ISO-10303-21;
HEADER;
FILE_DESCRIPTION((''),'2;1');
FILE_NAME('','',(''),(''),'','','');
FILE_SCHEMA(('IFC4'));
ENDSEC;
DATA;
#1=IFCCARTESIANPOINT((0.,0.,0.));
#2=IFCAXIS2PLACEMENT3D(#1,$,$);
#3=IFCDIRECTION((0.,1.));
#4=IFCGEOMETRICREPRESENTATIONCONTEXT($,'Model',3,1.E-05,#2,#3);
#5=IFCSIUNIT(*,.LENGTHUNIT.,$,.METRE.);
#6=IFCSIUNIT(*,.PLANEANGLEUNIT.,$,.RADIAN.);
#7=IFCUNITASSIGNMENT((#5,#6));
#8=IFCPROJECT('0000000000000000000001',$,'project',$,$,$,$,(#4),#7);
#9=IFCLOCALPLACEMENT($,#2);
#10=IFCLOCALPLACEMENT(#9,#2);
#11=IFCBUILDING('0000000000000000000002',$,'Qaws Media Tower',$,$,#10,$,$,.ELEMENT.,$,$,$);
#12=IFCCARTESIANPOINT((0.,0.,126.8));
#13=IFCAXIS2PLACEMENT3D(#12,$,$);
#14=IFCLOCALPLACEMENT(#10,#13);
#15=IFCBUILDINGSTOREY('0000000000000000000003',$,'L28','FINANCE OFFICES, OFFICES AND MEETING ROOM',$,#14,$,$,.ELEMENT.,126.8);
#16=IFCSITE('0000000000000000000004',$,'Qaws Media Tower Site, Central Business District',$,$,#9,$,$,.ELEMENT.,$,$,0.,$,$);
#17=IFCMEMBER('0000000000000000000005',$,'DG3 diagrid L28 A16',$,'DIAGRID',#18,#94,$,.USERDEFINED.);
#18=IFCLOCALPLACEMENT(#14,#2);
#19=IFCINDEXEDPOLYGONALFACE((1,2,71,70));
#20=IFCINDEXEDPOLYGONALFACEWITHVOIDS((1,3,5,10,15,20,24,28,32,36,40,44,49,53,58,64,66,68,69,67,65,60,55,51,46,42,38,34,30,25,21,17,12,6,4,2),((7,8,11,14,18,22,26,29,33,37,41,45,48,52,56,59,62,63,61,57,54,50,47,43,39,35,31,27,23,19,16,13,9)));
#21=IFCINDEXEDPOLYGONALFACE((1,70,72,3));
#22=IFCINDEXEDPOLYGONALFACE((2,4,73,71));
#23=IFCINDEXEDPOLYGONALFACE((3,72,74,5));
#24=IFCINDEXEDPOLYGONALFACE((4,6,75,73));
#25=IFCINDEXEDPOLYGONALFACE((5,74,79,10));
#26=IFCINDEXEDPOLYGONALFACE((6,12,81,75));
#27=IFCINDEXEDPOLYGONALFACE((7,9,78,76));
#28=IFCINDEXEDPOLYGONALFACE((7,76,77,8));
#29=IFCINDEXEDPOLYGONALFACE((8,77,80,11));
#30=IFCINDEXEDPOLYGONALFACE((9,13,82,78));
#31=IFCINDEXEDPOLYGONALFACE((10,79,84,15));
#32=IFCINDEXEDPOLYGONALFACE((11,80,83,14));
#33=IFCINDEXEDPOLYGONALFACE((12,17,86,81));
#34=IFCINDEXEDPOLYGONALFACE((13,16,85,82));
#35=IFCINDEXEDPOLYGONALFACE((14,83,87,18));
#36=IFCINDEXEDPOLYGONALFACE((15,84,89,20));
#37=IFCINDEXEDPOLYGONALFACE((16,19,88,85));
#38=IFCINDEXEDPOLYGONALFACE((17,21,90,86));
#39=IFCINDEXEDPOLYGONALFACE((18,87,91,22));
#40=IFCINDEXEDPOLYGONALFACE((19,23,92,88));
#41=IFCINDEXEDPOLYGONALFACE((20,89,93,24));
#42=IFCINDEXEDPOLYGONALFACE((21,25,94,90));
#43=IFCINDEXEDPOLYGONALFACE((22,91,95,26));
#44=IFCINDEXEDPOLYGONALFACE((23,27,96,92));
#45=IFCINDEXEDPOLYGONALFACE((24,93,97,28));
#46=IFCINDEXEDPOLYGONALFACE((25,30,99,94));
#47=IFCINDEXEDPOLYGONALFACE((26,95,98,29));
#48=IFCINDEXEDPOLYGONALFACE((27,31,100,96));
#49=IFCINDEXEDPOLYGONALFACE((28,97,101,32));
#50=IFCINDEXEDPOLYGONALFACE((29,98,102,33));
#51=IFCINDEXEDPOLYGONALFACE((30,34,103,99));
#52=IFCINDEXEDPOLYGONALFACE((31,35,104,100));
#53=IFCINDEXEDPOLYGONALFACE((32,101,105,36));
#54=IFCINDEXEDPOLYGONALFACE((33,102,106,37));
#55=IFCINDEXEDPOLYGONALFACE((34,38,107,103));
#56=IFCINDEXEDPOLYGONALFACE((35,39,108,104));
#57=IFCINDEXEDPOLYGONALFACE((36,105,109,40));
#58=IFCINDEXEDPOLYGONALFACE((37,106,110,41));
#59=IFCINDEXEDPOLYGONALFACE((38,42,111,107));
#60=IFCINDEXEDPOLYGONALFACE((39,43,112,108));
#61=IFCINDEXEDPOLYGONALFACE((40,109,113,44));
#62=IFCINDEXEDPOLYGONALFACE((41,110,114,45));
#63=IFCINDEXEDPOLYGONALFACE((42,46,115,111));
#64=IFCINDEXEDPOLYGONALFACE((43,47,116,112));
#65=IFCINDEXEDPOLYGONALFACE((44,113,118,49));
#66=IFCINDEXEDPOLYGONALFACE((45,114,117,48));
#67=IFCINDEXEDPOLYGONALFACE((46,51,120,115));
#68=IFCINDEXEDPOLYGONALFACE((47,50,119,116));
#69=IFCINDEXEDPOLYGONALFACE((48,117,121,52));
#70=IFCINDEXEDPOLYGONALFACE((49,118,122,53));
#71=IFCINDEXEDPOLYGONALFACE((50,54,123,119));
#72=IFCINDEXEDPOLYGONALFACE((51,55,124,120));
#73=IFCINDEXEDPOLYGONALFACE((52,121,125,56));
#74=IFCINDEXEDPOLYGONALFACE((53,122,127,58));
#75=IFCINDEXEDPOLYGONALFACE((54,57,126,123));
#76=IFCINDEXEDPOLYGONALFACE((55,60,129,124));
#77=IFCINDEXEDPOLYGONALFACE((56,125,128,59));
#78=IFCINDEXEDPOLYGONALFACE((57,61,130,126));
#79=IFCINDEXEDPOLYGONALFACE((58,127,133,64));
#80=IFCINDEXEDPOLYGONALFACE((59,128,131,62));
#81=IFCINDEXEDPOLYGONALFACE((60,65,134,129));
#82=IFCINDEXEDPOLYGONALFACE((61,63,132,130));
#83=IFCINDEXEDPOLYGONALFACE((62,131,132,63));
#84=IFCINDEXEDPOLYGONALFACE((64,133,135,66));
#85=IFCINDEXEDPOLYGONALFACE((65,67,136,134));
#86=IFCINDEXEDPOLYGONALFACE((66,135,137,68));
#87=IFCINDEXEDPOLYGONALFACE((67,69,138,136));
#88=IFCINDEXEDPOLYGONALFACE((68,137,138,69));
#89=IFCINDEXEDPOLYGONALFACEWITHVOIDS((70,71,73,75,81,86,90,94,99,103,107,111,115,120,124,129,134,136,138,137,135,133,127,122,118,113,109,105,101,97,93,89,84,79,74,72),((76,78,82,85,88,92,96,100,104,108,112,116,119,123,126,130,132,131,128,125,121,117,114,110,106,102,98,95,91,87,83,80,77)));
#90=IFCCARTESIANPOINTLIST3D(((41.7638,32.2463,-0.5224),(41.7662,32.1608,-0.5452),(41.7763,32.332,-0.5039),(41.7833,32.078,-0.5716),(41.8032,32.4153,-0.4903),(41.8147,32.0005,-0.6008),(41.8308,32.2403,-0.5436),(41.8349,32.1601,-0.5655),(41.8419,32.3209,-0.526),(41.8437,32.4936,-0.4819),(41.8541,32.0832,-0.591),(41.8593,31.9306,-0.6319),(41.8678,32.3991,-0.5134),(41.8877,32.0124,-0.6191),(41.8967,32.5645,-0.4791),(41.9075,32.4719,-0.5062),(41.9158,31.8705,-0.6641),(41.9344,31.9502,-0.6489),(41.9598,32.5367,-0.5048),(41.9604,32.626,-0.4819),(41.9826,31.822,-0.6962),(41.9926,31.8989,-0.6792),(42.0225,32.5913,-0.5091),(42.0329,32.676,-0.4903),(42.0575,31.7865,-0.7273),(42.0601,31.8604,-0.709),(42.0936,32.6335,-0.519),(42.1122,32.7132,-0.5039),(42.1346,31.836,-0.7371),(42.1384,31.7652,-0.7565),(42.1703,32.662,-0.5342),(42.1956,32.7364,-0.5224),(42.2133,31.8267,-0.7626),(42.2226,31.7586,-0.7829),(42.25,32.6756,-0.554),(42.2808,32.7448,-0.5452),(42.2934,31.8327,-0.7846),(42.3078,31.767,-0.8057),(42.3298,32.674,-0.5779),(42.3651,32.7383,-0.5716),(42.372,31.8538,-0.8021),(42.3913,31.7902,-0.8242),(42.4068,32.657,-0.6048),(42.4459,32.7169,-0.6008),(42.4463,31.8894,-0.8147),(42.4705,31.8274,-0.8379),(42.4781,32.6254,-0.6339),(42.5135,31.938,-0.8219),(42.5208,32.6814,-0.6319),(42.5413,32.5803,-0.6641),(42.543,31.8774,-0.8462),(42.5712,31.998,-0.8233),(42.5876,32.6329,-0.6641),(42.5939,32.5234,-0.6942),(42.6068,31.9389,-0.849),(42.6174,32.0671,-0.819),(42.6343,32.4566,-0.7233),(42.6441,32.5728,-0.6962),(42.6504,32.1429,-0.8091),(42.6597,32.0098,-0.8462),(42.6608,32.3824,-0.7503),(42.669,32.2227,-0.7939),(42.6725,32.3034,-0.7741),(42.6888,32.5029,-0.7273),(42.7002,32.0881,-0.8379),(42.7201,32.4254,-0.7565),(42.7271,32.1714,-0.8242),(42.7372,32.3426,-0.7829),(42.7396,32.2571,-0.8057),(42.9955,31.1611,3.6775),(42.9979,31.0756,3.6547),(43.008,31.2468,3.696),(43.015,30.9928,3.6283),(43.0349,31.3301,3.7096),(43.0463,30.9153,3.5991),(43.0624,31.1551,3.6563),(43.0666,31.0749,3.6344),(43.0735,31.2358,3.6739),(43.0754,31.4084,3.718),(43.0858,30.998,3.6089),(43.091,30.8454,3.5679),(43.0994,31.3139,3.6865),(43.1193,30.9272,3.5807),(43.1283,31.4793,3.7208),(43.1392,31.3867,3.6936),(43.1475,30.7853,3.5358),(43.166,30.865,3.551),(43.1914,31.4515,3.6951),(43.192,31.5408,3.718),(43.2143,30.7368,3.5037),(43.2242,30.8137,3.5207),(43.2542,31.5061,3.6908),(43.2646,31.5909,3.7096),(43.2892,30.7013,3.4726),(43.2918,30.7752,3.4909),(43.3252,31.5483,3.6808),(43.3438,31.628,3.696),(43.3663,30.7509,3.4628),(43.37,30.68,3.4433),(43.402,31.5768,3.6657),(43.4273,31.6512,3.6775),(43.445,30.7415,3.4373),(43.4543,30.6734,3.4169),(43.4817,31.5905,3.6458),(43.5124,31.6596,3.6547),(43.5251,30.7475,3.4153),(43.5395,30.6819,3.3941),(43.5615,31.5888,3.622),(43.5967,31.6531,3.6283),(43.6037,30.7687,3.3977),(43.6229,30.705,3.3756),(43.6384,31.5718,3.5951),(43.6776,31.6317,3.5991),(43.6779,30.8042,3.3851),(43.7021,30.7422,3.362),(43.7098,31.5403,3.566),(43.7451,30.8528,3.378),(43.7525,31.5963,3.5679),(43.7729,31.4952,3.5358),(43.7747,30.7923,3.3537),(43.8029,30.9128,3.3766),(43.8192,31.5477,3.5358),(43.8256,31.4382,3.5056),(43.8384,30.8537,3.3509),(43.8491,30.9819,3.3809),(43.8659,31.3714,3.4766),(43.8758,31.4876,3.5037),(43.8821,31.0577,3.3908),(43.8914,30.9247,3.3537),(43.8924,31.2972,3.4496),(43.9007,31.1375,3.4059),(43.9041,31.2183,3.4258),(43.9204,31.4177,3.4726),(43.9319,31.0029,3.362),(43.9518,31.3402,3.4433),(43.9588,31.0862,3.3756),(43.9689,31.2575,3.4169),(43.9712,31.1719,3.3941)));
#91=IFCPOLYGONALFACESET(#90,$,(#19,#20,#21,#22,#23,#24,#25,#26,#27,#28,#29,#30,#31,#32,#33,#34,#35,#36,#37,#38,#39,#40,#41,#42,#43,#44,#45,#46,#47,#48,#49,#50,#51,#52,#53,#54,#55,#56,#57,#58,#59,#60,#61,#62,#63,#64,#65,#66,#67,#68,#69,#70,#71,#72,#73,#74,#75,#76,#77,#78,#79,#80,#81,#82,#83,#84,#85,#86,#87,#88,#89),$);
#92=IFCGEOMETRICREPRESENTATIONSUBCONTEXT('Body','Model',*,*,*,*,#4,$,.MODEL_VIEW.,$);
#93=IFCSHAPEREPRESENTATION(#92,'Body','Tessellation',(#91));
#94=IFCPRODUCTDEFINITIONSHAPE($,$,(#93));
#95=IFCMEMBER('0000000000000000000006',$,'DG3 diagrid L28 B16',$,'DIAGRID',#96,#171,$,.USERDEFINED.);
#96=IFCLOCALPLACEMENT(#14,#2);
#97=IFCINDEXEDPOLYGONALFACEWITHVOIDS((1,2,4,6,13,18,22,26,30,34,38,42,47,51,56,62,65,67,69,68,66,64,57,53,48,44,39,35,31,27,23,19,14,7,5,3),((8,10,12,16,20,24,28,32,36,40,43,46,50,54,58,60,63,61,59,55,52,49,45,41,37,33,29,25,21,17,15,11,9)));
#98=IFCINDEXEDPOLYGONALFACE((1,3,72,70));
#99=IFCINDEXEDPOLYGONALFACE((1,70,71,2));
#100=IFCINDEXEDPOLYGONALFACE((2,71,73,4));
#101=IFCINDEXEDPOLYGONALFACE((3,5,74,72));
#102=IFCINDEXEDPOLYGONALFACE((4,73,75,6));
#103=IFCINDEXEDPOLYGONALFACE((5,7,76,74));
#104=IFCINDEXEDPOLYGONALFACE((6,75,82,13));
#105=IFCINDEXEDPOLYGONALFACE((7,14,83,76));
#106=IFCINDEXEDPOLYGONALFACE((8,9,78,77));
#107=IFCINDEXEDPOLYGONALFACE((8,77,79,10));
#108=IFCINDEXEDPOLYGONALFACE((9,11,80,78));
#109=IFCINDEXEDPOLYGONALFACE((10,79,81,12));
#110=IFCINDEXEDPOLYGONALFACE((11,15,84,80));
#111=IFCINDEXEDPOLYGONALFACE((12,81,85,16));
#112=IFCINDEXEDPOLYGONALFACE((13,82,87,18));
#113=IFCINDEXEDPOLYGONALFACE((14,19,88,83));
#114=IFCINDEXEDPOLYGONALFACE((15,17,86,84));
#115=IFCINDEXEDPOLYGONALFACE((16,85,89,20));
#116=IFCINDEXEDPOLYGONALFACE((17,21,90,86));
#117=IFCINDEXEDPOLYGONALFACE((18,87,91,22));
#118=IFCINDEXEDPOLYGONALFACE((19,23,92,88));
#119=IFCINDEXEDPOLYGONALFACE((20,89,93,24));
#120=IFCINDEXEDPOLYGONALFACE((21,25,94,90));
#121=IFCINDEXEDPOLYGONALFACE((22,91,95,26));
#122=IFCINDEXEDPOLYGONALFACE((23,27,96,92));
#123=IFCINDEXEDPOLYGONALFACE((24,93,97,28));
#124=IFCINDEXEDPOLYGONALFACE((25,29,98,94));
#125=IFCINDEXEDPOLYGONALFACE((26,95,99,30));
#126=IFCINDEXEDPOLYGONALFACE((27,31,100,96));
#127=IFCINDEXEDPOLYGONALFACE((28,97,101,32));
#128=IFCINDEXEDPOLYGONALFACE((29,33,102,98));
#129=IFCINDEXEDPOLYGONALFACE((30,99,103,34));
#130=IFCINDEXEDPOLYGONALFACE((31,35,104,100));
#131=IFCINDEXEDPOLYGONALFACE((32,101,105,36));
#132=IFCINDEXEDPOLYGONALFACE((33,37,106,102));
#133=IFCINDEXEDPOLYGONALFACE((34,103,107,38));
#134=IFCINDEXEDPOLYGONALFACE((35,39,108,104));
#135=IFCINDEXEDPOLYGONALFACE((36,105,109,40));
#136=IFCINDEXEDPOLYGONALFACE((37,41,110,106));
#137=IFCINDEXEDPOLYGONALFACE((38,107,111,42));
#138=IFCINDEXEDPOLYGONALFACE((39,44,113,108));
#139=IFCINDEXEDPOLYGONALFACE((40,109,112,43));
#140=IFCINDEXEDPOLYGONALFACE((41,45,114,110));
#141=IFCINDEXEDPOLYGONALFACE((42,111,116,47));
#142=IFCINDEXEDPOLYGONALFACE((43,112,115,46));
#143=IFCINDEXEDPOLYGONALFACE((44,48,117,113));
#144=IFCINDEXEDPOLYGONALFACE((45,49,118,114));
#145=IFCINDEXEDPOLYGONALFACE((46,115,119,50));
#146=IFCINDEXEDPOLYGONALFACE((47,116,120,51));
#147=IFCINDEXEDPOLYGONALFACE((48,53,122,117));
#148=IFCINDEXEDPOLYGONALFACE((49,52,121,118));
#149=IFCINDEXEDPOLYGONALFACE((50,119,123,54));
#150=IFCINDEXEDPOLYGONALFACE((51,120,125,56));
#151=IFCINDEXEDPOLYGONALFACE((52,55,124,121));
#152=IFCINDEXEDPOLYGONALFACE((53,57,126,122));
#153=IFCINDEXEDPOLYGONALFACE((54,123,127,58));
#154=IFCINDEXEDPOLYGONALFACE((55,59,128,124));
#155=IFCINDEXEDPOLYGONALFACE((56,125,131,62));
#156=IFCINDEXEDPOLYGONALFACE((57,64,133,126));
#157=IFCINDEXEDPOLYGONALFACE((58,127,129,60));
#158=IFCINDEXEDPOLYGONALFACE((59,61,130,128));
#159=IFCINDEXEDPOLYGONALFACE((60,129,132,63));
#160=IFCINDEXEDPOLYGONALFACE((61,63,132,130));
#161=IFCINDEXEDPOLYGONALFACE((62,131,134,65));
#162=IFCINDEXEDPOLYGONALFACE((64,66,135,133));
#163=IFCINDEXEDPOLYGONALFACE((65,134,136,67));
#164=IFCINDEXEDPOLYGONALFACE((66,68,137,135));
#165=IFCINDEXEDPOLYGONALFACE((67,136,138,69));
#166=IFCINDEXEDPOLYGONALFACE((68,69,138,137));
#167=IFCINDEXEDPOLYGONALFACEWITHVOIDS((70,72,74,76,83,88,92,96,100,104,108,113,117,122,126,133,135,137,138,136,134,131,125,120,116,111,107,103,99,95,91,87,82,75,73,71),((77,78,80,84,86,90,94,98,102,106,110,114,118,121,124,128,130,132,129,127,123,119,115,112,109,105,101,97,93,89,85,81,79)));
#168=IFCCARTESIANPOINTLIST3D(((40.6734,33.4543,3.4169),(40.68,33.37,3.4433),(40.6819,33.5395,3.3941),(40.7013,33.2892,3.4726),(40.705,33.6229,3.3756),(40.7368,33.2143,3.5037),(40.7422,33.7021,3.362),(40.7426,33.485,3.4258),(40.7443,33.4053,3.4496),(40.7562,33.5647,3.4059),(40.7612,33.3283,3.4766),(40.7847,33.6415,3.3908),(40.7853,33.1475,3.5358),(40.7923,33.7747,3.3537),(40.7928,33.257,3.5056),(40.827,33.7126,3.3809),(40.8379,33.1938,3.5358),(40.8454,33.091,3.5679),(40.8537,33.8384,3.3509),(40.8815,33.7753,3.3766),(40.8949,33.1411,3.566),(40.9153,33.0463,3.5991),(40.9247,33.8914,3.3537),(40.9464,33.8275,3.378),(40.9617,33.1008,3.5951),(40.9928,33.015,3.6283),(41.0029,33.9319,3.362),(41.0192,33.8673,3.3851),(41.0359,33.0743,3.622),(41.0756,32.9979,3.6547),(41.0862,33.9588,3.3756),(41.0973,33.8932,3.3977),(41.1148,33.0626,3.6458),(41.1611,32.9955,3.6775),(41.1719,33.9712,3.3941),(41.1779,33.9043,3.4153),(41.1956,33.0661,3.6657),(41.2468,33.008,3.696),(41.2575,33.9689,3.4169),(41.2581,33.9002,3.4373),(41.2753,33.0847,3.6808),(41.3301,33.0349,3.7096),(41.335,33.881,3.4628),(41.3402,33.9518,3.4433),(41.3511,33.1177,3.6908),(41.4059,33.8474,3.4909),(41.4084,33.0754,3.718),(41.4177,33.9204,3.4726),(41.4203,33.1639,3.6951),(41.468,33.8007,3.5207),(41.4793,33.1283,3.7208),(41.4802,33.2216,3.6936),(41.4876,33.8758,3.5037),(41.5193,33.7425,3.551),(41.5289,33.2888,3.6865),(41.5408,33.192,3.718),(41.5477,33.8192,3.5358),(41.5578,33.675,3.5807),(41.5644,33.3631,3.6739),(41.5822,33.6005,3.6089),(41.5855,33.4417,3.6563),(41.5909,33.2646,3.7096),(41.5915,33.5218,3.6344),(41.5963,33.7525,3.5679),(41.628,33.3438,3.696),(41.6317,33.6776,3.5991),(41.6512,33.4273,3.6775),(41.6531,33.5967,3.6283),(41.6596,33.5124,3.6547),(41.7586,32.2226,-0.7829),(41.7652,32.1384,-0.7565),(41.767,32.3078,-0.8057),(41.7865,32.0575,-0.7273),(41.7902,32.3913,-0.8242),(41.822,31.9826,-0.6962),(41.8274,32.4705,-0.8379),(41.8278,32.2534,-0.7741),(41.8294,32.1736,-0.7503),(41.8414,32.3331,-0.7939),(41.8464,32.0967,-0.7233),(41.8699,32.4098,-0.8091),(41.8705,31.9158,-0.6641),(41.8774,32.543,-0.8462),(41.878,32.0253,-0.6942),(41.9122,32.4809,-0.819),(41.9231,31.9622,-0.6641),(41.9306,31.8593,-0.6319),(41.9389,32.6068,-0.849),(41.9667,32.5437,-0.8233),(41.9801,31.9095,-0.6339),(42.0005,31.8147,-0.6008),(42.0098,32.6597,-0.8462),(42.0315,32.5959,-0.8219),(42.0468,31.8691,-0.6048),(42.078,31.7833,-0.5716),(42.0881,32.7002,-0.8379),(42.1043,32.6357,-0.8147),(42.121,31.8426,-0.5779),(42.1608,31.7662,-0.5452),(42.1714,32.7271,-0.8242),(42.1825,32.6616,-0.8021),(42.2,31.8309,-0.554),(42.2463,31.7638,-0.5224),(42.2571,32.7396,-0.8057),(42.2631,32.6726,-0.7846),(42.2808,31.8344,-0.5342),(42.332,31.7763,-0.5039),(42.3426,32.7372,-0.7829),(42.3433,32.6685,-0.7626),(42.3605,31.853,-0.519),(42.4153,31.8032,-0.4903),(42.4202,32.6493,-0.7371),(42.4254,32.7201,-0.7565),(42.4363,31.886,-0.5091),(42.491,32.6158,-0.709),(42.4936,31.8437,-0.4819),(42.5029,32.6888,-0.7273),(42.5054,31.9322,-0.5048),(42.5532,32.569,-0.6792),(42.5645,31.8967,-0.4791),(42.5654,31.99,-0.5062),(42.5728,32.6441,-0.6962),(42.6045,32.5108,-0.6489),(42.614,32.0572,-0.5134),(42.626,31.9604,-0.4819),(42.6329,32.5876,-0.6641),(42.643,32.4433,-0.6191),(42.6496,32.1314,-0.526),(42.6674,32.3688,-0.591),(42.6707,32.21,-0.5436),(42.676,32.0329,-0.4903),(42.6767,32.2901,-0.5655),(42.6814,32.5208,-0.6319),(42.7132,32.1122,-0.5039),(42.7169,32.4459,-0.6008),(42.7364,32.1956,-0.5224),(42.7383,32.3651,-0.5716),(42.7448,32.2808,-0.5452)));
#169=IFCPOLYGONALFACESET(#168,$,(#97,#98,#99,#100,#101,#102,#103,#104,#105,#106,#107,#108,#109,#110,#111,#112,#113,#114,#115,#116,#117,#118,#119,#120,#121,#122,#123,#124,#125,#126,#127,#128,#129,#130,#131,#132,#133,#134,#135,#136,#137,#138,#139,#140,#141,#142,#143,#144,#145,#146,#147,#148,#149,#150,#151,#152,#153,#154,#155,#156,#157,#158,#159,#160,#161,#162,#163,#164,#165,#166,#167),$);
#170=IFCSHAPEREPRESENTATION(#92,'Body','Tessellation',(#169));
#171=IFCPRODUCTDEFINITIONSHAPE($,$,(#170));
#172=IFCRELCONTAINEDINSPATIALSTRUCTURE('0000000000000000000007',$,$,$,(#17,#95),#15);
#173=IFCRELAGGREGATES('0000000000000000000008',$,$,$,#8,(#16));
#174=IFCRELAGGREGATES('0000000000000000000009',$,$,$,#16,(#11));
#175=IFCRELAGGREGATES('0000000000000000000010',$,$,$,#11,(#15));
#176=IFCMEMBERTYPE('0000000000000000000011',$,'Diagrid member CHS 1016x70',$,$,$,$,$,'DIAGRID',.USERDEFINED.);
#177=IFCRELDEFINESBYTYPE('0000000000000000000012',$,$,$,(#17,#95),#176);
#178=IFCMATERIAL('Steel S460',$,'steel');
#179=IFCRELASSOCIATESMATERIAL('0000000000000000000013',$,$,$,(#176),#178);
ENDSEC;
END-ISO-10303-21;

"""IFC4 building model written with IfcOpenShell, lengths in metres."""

from ifc_helpers import new_model, si_unit, direction, frame, origin, origin_2d, place, context, subcontext, project, spatial, hollow_circle, extrude, material, material_profile, profile_set, type_object, element, save


model = new_model("IFC4")

# Units and contexts
model_context = context("Model", 3, precision=1e-05, world=origin(), true_north=direction((0.0, 1.0)))
body_context = subcontext(model_context, "Body", "Model", "MODEL_VIEW")
ifc_project = project(units=[si_unit("LENGTHUNIT", "METRE"), si_unit("PLANEANGLEUNIT", "RADIAN")], contexts=[model_context])

# Site, building, storey
site_placement = place(None, origin())
site = spatial("IfcSite", under=ifc_project, at=site_placement, Name="Qaws Media Tower Site, Central Business District", CompositionType="ELEMENT", RefElevation=0.0)
building_placement = place(site_placement, origin())
building = spatial("IfcBuilding", under=site, at=building_placement, Name="Qaws Media Tower", CompositionType="ELEMENT")
storey_placement = place(building_placement, frame((0.0, 0.0, 126.8)))
storey = spatial("IfcBuildingStorey", under=building, at=storey_placement, Name="L28", Description="FINANCE OFFICES, OFFICES AND MEETING ROOM", CompositionType="ELEMENT", Elevation=126.8)

# Members
ifc_material_1 = material(Name="Steel S460", Category="steel")
ifc_material_profile_1 = material_profile(ifc_material_1, hollow_circle(Radius=0.5081, WallThickness=0.0701, at=origin_2d()), Name="CHS 1016x70")
ifc_profile_set_1 = profile_set([ifc_material_profile_1], Name="Steel S460")
member_type_1 = type_object("IfcMemberType", Name="Diagrid member CHS 1016x70", ElementType="DIAGRID", PredefinedType="USERDEFINED", material=ifc_profile_set_1)
for number, where, z_axis, x_axis, name in (
    (1, (42.2517, 32.2517, -0.6641), (0.273141, -0.240656, 0.931385), (0.66108, 0.750315, 0.0), "DG3 diagrid L28 A16"),
    (2, (42.2517, 32.2517, -0.6641), (-0.240656, 0.273141, 0.931385), (-0.750315, -0.66108, 0.0), "DG3 diagrid L28 B16"),
):
    element("IfcMember", number, at=place(storey_placement, frame(where, z_axis=z_axis, x_axis=x_axis)), inside=storey, type_object=member_type_1, Name=name, ObjectType="DIAGRID", PredefinedType="USERDEFINED", context=body_context, shape_type="SweptSolid", body=[
        extrude(hollow_circle(Radius=0.5081, WallThickness=0.0701, at=origin_2d()), origin(), (0.0, 0.0, 1.0), 4.5093),
    ])

save(model, "model.ifc")
